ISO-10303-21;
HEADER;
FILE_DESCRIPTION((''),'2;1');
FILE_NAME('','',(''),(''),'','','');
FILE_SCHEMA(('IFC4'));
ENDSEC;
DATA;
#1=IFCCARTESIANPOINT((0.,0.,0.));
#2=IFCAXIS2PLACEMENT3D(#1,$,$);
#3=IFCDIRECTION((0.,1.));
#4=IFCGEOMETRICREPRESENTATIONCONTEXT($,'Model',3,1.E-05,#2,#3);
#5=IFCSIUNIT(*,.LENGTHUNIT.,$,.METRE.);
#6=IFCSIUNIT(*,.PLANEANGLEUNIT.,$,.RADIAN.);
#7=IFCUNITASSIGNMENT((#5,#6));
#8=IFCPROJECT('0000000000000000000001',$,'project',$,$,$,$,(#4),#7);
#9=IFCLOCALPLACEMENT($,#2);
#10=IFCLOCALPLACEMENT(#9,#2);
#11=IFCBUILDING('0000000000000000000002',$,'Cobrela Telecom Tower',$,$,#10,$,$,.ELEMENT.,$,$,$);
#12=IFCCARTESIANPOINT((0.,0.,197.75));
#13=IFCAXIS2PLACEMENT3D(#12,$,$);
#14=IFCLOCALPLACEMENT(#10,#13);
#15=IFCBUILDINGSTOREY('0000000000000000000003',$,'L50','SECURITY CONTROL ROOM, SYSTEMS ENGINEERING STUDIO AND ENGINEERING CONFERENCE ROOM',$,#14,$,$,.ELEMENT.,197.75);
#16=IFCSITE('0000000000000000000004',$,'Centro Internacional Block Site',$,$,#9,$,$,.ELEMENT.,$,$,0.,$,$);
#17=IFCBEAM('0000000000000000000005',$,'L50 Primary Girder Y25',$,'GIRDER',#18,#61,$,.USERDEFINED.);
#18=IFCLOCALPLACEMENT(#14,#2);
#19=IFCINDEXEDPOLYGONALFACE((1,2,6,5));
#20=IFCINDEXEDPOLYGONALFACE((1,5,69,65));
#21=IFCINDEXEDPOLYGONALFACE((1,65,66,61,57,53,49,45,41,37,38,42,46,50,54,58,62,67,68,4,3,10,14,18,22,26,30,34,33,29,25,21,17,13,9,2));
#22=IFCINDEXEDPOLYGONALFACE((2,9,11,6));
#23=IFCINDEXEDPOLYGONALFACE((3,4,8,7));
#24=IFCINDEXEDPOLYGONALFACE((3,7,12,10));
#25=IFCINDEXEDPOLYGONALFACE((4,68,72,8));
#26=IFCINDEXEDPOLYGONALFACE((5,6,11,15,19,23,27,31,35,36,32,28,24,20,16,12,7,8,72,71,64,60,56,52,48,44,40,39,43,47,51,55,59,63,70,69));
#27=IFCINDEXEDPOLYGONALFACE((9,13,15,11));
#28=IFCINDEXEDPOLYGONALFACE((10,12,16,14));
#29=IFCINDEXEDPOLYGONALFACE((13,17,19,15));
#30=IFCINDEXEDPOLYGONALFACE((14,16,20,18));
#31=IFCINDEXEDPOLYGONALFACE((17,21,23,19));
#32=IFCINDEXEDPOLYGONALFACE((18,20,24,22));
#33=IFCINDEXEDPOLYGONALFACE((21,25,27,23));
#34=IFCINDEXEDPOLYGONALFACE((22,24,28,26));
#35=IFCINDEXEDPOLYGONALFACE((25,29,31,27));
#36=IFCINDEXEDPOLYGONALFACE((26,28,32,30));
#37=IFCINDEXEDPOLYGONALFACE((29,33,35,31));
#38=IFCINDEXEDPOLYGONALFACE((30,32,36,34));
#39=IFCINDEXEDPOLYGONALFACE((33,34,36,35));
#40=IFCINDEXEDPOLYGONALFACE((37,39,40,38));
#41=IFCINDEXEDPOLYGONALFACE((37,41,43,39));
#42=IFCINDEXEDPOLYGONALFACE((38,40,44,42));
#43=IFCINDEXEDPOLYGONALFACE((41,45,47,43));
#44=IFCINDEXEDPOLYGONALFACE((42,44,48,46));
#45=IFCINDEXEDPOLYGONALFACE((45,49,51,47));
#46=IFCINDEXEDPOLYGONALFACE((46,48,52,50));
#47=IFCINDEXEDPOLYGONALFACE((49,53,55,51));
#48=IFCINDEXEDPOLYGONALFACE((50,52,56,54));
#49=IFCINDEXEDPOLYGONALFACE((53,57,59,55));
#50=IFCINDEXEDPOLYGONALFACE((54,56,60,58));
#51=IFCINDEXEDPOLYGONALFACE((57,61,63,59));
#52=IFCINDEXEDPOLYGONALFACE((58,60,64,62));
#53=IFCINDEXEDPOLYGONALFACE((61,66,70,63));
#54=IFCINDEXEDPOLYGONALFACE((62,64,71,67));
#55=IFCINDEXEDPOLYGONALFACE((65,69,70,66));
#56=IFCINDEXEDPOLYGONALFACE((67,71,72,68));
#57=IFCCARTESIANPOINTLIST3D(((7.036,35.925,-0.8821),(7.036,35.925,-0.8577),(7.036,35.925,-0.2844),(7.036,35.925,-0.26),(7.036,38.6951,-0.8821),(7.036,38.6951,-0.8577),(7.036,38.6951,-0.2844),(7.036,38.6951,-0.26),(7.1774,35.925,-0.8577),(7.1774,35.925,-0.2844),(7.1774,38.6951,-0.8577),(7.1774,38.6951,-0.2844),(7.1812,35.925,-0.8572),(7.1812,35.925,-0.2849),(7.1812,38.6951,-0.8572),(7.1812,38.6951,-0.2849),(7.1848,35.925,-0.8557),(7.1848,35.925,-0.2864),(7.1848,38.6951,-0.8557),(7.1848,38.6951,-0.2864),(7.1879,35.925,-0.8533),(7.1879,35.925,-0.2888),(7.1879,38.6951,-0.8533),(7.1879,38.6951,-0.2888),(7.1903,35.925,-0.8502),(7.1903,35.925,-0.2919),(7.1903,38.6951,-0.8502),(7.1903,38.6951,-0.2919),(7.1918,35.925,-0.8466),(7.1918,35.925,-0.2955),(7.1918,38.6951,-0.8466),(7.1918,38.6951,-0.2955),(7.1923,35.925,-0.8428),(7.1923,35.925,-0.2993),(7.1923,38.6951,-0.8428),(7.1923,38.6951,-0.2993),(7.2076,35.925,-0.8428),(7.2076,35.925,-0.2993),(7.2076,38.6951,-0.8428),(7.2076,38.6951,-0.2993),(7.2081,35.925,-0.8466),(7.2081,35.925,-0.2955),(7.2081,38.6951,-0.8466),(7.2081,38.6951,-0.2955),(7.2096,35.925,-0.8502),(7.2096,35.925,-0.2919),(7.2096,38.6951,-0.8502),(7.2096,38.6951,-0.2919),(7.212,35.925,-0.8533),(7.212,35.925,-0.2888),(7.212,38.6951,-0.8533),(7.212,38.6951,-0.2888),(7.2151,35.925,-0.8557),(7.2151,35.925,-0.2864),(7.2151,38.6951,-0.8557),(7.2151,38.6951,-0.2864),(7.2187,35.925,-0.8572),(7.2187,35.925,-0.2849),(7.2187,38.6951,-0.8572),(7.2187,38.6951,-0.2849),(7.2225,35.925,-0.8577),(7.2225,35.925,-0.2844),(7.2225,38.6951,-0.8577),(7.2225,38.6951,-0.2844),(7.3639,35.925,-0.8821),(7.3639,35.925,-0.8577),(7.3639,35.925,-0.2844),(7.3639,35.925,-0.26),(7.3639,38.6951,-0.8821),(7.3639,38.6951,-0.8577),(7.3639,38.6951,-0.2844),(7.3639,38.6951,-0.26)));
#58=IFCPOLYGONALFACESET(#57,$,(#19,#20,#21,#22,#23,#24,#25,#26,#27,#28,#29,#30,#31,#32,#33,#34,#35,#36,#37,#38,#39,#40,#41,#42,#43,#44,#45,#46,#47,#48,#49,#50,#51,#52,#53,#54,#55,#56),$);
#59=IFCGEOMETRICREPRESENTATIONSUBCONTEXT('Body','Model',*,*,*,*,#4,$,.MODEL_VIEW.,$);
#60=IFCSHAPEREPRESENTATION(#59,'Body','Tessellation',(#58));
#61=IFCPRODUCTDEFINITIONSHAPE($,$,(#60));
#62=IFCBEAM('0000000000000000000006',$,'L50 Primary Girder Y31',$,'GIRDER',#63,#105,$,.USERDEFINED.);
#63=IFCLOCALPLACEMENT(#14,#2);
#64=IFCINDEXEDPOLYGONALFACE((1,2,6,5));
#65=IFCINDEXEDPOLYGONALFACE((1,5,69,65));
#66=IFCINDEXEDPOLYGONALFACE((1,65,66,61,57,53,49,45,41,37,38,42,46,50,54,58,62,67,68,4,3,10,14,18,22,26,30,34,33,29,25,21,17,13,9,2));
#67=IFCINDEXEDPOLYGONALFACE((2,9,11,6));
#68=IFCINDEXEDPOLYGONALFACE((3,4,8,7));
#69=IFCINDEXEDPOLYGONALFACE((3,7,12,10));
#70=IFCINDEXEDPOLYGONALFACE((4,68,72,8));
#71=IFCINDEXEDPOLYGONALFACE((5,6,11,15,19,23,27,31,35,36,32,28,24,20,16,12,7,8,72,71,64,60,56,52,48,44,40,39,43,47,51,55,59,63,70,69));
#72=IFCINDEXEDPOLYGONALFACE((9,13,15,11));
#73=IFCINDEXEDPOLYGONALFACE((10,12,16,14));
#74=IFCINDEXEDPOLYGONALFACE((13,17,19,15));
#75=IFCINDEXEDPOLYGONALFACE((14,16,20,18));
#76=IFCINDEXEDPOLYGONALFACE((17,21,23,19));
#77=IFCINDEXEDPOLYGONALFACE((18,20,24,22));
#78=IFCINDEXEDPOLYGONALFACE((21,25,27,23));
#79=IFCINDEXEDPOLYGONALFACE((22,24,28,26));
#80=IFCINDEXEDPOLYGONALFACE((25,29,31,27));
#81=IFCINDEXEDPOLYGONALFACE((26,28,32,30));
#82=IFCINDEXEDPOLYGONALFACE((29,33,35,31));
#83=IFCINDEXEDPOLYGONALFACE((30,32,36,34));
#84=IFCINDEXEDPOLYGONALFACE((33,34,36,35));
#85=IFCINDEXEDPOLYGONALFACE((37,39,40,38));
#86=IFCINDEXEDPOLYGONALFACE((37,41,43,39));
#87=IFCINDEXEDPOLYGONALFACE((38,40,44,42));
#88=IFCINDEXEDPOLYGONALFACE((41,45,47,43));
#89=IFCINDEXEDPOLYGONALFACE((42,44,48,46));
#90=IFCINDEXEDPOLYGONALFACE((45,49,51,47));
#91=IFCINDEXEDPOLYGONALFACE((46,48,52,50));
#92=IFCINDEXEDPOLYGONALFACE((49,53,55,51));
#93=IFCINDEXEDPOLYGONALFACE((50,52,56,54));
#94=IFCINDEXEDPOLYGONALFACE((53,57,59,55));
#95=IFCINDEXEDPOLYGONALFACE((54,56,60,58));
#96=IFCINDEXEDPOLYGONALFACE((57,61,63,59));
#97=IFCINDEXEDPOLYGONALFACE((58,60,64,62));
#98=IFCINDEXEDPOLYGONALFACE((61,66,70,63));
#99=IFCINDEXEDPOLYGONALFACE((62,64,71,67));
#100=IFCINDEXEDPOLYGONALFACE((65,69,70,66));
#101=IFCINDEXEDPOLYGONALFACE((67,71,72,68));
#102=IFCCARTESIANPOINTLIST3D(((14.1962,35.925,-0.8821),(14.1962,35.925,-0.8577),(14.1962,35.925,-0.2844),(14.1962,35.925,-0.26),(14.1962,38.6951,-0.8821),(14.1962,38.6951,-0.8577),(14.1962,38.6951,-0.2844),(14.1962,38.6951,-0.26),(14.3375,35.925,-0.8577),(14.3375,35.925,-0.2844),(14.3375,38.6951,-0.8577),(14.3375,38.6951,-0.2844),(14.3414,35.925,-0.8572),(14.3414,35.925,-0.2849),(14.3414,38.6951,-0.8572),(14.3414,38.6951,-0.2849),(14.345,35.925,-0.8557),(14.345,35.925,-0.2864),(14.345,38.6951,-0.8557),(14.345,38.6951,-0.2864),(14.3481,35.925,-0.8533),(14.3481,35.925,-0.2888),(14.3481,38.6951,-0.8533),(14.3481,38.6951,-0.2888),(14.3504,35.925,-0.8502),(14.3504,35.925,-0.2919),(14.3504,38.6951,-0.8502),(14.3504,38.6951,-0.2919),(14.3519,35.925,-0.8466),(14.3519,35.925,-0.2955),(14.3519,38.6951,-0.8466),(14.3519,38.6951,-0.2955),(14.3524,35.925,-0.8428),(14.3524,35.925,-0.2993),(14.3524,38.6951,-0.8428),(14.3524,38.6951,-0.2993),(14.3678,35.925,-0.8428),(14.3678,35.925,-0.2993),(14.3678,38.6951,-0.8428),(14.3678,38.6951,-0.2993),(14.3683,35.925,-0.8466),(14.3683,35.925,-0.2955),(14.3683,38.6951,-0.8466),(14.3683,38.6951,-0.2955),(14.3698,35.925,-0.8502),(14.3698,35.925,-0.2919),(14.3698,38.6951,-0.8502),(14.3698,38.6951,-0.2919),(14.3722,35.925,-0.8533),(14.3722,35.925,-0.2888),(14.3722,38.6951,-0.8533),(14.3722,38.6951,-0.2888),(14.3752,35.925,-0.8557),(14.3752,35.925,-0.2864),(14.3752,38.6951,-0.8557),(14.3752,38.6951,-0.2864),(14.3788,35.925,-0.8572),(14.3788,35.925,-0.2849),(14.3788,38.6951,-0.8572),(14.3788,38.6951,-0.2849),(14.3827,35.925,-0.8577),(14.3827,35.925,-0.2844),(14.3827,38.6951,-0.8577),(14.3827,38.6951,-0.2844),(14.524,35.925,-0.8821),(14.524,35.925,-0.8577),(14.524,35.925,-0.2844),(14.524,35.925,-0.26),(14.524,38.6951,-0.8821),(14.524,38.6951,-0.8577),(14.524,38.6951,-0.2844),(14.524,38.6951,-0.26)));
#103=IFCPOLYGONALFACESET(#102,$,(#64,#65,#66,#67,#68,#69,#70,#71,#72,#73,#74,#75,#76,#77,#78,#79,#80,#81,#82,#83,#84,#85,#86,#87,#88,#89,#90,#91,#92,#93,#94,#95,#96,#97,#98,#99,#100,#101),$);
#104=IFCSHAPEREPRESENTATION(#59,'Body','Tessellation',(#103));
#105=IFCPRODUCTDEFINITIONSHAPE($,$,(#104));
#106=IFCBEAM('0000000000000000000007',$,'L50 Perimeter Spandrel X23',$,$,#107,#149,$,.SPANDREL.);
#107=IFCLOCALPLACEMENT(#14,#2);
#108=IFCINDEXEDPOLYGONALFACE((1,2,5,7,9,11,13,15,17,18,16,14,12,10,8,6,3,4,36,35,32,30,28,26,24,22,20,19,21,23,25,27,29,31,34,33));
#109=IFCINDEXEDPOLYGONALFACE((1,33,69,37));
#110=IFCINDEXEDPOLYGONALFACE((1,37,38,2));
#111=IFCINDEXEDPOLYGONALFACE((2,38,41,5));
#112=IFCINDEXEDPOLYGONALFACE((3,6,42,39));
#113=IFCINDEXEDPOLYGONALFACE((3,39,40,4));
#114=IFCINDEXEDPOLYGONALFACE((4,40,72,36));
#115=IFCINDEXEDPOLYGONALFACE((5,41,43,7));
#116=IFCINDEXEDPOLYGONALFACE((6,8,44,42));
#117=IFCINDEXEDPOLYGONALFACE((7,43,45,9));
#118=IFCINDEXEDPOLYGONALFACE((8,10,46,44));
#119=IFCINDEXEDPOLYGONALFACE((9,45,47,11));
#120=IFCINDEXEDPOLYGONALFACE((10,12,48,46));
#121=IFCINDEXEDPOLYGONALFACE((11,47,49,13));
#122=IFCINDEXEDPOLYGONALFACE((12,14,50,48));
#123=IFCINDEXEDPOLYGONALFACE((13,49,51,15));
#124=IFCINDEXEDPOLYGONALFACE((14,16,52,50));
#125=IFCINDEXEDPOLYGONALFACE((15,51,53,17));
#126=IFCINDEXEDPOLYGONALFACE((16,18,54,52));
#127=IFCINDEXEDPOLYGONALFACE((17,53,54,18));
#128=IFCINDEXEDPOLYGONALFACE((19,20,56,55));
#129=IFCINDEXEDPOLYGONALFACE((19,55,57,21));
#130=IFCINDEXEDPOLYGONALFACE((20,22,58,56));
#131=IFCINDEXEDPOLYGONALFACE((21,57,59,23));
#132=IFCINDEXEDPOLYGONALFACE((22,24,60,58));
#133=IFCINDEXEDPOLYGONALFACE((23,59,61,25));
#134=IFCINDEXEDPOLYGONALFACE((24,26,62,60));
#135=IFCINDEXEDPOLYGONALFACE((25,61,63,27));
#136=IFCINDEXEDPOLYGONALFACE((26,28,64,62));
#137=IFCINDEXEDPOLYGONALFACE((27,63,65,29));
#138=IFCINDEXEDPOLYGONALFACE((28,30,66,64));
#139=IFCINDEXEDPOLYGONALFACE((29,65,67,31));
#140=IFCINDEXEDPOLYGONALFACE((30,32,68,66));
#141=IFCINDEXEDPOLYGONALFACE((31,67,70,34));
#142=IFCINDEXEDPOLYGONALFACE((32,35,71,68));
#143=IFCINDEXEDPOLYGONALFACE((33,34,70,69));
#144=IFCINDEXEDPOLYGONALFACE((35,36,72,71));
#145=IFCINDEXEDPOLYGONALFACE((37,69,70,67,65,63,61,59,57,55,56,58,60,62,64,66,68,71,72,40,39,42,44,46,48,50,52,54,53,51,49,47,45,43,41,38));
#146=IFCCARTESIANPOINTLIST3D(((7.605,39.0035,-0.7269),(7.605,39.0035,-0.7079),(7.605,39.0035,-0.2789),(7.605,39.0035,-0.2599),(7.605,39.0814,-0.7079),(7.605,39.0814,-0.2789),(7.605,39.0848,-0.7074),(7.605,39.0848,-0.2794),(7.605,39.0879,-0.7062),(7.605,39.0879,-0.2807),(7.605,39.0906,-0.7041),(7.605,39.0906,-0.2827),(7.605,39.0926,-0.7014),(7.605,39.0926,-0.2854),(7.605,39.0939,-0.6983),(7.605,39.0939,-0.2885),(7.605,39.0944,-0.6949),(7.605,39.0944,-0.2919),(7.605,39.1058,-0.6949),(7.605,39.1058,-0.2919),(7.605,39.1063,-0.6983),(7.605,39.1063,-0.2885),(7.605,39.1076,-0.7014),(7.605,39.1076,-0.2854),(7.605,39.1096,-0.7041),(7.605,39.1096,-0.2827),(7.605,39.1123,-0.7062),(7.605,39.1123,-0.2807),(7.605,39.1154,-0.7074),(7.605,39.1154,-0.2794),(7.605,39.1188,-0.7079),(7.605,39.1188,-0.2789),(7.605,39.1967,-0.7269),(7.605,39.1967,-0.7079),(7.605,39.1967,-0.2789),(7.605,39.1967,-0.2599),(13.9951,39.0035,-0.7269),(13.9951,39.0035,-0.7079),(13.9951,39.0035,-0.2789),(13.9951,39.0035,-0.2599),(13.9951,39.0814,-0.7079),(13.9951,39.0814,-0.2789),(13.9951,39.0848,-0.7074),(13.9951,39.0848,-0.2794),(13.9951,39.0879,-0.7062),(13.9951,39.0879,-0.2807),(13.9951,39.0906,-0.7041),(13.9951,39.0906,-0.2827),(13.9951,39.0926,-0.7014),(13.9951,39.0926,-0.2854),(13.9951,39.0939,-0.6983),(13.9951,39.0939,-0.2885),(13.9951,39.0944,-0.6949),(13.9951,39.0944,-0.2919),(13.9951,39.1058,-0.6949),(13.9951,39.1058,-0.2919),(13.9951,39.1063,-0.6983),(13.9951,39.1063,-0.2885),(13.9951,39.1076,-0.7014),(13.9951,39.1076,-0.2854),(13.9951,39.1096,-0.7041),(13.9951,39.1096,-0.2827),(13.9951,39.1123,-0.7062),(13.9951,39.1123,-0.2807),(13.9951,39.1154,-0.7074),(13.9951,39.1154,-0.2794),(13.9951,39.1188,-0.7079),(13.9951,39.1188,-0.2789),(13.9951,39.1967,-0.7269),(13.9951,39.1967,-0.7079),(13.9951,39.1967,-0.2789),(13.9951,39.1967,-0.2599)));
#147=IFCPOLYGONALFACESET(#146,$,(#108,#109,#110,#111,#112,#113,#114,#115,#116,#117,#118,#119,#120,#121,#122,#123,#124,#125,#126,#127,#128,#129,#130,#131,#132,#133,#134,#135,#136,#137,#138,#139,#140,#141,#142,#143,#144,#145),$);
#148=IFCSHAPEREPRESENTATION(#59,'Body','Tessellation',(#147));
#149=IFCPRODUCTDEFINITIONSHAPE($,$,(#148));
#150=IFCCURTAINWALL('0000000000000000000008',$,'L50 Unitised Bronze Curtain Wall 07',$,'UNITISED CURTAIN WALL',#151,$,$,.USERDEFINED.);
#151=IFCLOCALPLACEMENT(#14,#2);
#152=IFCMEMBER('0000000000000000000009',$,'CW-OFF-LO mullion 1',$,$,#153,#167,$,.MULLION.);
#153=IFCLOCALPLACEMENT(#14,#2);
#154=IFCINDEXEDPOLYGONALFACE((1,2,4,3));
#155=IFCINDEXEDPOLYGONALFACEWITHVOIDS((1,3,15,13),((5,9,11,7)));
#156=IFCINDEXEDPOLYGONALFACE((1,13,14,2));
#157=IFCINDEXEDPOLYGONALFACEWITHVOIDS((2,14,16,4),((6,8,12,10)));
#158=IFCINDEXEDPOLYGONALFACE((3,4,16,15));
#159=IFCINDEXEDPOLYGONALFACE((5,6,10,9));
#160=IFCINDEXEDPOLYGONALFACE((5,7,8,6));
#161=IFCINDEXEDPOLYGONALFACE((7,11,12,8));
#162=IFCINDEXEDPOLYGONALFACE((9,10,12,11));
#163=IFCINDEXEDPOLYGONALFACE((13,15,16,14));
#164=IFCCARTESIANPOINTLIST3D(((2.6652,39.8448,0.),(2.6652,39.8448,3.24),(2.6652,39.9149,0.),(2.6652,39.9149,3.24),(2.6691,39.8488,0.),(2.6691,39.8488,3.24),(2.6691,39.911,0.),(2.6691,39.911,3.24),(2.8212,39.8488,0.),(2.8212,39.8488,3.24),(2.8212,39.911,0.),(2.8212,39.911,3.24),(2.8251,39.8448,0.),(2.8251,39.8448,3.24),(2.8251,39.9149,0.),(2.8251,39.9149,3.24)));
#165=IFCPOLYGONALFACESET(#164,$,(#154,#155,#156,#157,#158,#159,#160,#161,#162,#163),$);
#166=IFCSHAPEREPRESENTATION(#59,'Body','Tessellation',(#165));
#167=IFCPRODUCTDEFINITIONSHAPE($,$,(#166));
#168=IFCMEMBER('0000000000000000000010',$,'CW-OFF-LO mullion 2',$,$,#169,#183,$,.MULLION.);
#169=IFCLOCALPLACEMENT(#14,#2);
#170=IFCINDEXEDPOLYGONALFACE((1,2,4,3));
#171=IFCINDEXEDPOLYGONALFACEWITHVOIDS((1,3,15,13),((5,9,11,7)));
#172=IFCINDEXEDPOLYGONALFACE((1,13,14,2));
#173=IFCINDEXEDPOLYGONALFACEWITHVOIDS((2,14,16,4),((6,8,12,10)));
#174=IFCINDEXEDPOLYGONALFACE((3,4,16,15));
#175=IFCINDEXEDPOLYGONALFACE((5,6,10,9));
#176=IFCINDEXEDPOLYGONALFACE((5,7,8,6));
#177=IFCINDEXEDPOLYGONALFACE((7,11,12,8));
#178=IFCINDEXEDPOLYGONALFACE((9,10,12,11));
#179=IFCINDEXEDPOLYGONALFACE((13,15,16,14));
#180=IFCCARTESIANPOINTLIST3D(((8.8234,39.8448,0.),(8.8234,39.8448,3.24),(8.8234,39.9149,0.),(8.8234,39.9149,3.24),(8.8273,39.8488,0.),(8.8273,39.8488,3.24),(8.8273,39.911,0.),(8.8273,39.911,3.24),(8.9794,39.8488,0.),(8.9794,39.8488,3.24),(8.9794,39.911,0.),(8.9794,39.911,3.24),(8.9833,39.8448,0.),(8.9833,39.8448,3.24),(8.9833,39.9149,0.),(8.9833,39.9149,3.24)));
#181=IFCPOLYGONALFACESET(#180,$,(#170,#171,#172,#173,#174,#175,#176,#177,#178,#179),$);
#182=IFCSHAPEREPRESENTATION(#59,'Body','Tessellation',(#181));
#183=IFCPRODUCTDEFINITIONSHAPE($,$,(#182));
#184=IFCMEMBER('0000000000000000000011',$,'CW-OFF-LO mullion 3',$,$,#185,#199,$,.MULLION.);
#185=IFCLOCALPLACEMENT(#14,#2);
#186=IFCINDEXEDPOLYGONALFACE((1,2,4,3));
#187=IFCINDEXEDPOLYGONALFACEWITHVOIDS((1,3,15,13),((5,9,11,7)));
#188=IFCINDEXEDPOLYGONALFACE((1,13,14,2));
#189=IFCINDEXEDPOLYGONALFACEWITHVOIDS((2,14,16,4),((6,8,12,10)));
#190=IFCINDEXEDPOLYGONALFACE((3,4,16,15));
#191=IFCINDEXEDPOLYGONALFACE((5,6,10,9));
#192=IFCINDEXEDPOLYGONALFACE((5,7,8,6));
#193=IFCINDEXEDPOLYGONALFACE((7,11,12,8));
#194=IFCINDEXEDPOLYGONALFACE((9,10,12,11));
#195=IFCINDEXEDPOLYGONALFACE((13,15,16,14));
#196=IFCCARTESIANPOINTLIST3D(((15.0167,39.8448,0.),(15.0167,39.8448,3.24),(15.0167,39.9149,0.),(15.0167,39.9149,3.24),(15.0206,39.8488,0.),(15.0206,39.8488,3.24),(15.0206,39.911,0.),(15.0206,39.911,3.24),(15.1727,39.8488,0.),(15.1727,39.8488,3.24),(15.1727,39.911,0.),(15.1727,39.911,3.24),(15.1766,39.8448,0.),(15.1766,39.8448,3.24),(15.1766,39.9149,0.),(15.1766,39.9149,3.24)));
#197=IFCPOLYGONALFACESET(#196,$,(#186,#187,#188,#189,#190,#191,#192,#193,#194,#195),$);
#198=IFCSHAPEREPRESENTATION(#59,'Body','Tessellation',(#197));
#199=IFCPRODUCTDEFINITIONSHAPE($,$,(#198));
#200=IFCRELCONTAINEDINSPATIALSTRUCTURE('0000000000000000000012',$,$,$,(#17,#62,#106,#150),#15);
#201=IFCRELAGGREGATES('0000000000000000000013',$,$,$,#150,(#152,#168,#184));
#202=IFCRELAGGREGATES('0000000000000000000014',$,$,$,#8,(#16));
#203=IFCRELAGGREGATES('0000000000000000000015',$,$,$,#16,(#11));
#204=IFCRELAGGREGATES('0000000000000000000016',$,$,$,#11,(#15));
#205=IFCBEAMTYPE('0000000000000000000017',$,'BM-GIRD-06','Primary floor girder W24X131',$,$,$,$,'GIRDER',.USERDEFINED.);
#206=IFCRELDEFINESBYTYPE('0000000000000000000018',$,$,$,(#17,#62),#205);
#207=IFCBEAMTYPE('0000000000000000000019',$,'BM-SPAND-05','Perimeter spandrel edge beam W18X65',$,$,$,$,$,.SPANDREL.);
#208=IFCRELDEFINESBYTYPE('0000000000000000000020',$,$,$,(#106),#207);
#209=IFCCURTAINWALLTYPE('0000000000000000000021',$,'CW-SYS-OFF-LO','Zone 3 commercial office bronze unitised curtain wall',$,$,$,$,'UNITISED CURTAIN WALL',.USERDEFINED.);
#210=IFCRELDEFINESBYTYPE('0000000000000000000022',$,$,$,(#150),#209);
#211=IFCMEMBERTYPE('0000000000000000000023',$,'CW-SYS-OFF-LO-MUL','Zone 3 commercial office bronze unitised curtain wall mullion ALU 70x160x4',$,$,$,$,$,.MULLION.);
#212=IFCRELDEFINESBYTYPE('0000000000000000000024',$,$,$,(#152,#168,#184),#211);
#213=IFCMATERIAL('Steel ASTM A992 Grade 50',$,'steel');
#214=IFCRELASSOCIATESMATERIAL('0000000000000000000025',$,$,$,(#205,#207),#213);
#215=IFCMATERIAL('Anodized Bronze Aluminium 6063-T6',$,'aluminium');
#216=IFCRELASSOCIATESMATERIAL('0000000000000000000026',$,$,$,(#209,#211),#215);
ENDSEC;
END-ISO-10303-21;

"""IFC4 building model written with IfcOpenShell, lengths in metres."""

from ifc_helpers import new_model, si_unit, direction, frame, origin, origin_2d, place, context, subcontext, project, spatial, hollow_rectangle, i_section, extrude, material, material_profile, profile_set, type_object, element, aggregate, save


model = new_model("IFC4")

# Units and contexts
model_context = context("Model", 3, precision=1e-05, world=origin(), true_north=direction((0.0, 1.0)))
body_context = subcontext(model_context, "Body", "Model", "MODEL_VIEW")
ifc_project = project(units=[si_unit("LENGTHUNIT", "METRE"), si_unit("PLANEANGLEUNIT", "RADIAN")], contexts=[model_context])

# Site, building, storey
site_placement = place(None, origin())
site = spatial("IfcSite", under=ifc_project, at=site_placement, Name="Centro Internacional Block Site", CompositionType="ELEMENT", RefElevation=0.0)
building_placement = place(site_placement, origin())
building = spatial("IfcBuilding", under=site, at=building_placement, Name="Cobrela Telecom Tower", CompositionType="ELEMENT")
storey_placement = place(building_placement, frame((0.0, 0.0, 197.75)))
storey = spatial("IfcBuildingStorey", under=building, at=storey_placement, Name="L50", Description="SECURITY CONTROL ROOM, SYSTEMS ENGINEERING STUDIO AND ENGINEERING CONFERENCE ROOM", CompositionType="ELEMENT", Elevation=197.75)

# Beams
ifc_material_1 = material(Name="Steel ASTM A992 Grade 50", Category="steel")
ifc_material_profile_1 = material_profile(ifc_material_1, i_section(OverallWidth=0.3279, OverallDepth=0.6221, WebThickness=0.0154, FlangeThickness=0.0244, FilletRadius=0.0149, at=origin_2d()), Name="W24X131")
ifc_profile_set_1 = profile_set([ifc_material_profile_1], Name="Steel ASTM A992 Grade 50")
beam_type_1 = type_object("IfcBeamType", Name="BM-GIRD-06", Description="Primary floor girder W24X131", ElementType="GIRDER", PredefinedType="USERDEFINED", material=ifc_profile_set_1)
for number, where, z_axis, x_axis, name in (
    (1, (7.2, 35.925, -0.571), (0.0, 1.0, 0.0), (-1.0, 0.0, 0.0), "L50 Primary Girder Y25"),
    (2, (14.3601, 35.925, -0.571), (0.0, 1.0, 0.0), (-1.0, 0.0, 0.0), "L50 Primary Girder Y31"),
):
    element("IfcBeam", number, at=place(storey_placement, frame(where, z_axis=z_axis, x_axis=x_axis)), inside=storey, type_object=beam_type_1, Name=name, ObjectType="GIRDER", PredefinedType="USERDEFINED", context=body_context, shape_type="SweptSolid", body=[
        extrude(i_section(OverallWidth=0.3279, OverallDepth=0.6221, WebThickness=0.0154, FlangeThickness=0.0244, FilletRadius=0.0149, at=origin_2d()), origin(), (0.0, 0.0, 1.0), 2.77),
    ])
ifc_material_profile_2 = material_profile(ifc_material_1, i_section(OverallWidth=0.1931, OverallDepth=0.467, WebThickness=0.0115, FlangeThickness=0.019, FilletRadius=0.0129, at=origin_2d()), Name="W18X65")
ifc_profile_set_2 = profile_set([ifc_material_profile_2], Name="Steel ASTM A992 Grade 50")
beam_type_2 = type_object("IfcBeamType", Name="BM-SPAND-05", Description="Perimeter spandrel edge beam W18X65", PredefinedType="SPANDREL", material=ifc_profile_set_2)
beam_1_placement = place(storey_placement, frame((7.605, 39.1001, -0.4934), z_axis=(1.0, 0.0, 0.0), x_axis=(0.0, 1.0, 0.0)))
element("IfcBeam", 3, at=beam_1_placement, inside=storey, type_object=beam_type_2, Name="L50 Perimeter Spandrel X23", PredefinedType="SPANDREL", context=body_context, shape_type="SweptSolid", body=[
    extrude(i_section(OverallWidth=0.1931, OverallDepth=0.467, WebThickness=0.0115, FlangeThickness=0.019, FilletRadius=0.0129, at=origin_2d()), origin(), (0.0, 0.0, 1.0), 6.3901),
])

# Curtain wall, members
ifc_material_2 = material(Name="Anodized Bronze Aluminium 6063-T6", Category="aluminium")
curtain_wall_type = type_object("IfcCurtainWallType", Name="CW-SYS-OFF-LO", Description="Zone 3 commercial office bronze unitised curtain wall", ElementType="UNITISED CURTAIN WALL", PredefinedType="USERDEFINED", material=ifc_material_2)
curtain_wall_placement = place(storey_placement, origin())
curtain_wall = element("IfcCurtainWall", 4, at=curtain_wall_placement, inside=storey, type_object=curtain_wall_type, Name="L50 Unitised Bronze Curtain Wall 07", ObjectType="UNITISED CURTAIN WALL", PredefinedType="USERDEFINED")
ifc_material_profile_3 = material_profile(ifc_material_2, hollow_rectangle(XDim=0.0701, YDim=0.1599, WallThickness=0.0039, at=origin_2d()), Name="ALU 70x160x4")
ifc_profile_set_3 = profile_set([ifc_material_profile_3], Name="Anodized Bronze Aluminium 6063-T6")
member_type_1 = type_object("IfcMemberType", Name="CW-SYS-OFF-LO-MUL", Description="Zone 3 commercial office bronze unitised curtain wall mullion ALU 70x160x4", PredefinedType="MULLION", material=ifc_profile_set_3)
member_1_placement = place(storey_placement, frame((2.7451, 39.8799, 0.0), z_axis=(0.0, 0.0, 1.0), x_axis=(0.0, 1.0, 0.0)))
member_1 = element("IfcMember", 5, at=member_1_placement, type_object=member_type_1, Name="CW-OFF-LO mullion 1", PredefinedType="MULLION", context=body_context, shape_type="SweptSolid", body=[
    extrude(hollow_rectangle(XDim=0.0701, YDim=0.1599, WallThickness=0.0039, at=origin_2d()), origin(), (0.0, 0.0, 1.0), 3.24),
])
member_2_placement = place(storey_placement, frame((8.9033, 39.8799, 0.0), z_axis=(0.0, 0.0, 1.0), x_axis=(0.0, 1.0, 0.0)))
member_2 = element("IfcMember", 6, at=member_2_placement, type_object=member_type_1, Name="CW-OFF-LO mullion 2", PredefinedType="MULLION", context=body_context, shape_type="SweptSolid", body=[
    extrude(hollow_rectangle(XDim=0.0701, YDim=0.1599, WallThickness=0.0039, at=origin_2d()), origin(), (0.0, 0.0, 1.0), 3.24),
])
member_3_placement = place(storey_placement, frame((15.0967, 39.8799, 0.0), z_axis=(0.0, 0.0, 1.0), x_axis=(0.0, 1.0, 0.0)))
member_3 = element("IfcMember", 7, at=member_3_placement, type_object=member_type_1, Name="CW-OFF-LO mullion 3", PredefinedType="MULLION", context=body_context, shape_type="SweptSolid", body=[
    extrude(hollow_rectangle(XDim=0.0701, YDim=0.1599, WallThickness=0.0039, at=origin_2d()), origin(), (0.0, 0.0, 1.0), 3.24),
])

aggregate(curtain_wall, [member_1, member_2, member_3])

save(model, "model.ifc")
